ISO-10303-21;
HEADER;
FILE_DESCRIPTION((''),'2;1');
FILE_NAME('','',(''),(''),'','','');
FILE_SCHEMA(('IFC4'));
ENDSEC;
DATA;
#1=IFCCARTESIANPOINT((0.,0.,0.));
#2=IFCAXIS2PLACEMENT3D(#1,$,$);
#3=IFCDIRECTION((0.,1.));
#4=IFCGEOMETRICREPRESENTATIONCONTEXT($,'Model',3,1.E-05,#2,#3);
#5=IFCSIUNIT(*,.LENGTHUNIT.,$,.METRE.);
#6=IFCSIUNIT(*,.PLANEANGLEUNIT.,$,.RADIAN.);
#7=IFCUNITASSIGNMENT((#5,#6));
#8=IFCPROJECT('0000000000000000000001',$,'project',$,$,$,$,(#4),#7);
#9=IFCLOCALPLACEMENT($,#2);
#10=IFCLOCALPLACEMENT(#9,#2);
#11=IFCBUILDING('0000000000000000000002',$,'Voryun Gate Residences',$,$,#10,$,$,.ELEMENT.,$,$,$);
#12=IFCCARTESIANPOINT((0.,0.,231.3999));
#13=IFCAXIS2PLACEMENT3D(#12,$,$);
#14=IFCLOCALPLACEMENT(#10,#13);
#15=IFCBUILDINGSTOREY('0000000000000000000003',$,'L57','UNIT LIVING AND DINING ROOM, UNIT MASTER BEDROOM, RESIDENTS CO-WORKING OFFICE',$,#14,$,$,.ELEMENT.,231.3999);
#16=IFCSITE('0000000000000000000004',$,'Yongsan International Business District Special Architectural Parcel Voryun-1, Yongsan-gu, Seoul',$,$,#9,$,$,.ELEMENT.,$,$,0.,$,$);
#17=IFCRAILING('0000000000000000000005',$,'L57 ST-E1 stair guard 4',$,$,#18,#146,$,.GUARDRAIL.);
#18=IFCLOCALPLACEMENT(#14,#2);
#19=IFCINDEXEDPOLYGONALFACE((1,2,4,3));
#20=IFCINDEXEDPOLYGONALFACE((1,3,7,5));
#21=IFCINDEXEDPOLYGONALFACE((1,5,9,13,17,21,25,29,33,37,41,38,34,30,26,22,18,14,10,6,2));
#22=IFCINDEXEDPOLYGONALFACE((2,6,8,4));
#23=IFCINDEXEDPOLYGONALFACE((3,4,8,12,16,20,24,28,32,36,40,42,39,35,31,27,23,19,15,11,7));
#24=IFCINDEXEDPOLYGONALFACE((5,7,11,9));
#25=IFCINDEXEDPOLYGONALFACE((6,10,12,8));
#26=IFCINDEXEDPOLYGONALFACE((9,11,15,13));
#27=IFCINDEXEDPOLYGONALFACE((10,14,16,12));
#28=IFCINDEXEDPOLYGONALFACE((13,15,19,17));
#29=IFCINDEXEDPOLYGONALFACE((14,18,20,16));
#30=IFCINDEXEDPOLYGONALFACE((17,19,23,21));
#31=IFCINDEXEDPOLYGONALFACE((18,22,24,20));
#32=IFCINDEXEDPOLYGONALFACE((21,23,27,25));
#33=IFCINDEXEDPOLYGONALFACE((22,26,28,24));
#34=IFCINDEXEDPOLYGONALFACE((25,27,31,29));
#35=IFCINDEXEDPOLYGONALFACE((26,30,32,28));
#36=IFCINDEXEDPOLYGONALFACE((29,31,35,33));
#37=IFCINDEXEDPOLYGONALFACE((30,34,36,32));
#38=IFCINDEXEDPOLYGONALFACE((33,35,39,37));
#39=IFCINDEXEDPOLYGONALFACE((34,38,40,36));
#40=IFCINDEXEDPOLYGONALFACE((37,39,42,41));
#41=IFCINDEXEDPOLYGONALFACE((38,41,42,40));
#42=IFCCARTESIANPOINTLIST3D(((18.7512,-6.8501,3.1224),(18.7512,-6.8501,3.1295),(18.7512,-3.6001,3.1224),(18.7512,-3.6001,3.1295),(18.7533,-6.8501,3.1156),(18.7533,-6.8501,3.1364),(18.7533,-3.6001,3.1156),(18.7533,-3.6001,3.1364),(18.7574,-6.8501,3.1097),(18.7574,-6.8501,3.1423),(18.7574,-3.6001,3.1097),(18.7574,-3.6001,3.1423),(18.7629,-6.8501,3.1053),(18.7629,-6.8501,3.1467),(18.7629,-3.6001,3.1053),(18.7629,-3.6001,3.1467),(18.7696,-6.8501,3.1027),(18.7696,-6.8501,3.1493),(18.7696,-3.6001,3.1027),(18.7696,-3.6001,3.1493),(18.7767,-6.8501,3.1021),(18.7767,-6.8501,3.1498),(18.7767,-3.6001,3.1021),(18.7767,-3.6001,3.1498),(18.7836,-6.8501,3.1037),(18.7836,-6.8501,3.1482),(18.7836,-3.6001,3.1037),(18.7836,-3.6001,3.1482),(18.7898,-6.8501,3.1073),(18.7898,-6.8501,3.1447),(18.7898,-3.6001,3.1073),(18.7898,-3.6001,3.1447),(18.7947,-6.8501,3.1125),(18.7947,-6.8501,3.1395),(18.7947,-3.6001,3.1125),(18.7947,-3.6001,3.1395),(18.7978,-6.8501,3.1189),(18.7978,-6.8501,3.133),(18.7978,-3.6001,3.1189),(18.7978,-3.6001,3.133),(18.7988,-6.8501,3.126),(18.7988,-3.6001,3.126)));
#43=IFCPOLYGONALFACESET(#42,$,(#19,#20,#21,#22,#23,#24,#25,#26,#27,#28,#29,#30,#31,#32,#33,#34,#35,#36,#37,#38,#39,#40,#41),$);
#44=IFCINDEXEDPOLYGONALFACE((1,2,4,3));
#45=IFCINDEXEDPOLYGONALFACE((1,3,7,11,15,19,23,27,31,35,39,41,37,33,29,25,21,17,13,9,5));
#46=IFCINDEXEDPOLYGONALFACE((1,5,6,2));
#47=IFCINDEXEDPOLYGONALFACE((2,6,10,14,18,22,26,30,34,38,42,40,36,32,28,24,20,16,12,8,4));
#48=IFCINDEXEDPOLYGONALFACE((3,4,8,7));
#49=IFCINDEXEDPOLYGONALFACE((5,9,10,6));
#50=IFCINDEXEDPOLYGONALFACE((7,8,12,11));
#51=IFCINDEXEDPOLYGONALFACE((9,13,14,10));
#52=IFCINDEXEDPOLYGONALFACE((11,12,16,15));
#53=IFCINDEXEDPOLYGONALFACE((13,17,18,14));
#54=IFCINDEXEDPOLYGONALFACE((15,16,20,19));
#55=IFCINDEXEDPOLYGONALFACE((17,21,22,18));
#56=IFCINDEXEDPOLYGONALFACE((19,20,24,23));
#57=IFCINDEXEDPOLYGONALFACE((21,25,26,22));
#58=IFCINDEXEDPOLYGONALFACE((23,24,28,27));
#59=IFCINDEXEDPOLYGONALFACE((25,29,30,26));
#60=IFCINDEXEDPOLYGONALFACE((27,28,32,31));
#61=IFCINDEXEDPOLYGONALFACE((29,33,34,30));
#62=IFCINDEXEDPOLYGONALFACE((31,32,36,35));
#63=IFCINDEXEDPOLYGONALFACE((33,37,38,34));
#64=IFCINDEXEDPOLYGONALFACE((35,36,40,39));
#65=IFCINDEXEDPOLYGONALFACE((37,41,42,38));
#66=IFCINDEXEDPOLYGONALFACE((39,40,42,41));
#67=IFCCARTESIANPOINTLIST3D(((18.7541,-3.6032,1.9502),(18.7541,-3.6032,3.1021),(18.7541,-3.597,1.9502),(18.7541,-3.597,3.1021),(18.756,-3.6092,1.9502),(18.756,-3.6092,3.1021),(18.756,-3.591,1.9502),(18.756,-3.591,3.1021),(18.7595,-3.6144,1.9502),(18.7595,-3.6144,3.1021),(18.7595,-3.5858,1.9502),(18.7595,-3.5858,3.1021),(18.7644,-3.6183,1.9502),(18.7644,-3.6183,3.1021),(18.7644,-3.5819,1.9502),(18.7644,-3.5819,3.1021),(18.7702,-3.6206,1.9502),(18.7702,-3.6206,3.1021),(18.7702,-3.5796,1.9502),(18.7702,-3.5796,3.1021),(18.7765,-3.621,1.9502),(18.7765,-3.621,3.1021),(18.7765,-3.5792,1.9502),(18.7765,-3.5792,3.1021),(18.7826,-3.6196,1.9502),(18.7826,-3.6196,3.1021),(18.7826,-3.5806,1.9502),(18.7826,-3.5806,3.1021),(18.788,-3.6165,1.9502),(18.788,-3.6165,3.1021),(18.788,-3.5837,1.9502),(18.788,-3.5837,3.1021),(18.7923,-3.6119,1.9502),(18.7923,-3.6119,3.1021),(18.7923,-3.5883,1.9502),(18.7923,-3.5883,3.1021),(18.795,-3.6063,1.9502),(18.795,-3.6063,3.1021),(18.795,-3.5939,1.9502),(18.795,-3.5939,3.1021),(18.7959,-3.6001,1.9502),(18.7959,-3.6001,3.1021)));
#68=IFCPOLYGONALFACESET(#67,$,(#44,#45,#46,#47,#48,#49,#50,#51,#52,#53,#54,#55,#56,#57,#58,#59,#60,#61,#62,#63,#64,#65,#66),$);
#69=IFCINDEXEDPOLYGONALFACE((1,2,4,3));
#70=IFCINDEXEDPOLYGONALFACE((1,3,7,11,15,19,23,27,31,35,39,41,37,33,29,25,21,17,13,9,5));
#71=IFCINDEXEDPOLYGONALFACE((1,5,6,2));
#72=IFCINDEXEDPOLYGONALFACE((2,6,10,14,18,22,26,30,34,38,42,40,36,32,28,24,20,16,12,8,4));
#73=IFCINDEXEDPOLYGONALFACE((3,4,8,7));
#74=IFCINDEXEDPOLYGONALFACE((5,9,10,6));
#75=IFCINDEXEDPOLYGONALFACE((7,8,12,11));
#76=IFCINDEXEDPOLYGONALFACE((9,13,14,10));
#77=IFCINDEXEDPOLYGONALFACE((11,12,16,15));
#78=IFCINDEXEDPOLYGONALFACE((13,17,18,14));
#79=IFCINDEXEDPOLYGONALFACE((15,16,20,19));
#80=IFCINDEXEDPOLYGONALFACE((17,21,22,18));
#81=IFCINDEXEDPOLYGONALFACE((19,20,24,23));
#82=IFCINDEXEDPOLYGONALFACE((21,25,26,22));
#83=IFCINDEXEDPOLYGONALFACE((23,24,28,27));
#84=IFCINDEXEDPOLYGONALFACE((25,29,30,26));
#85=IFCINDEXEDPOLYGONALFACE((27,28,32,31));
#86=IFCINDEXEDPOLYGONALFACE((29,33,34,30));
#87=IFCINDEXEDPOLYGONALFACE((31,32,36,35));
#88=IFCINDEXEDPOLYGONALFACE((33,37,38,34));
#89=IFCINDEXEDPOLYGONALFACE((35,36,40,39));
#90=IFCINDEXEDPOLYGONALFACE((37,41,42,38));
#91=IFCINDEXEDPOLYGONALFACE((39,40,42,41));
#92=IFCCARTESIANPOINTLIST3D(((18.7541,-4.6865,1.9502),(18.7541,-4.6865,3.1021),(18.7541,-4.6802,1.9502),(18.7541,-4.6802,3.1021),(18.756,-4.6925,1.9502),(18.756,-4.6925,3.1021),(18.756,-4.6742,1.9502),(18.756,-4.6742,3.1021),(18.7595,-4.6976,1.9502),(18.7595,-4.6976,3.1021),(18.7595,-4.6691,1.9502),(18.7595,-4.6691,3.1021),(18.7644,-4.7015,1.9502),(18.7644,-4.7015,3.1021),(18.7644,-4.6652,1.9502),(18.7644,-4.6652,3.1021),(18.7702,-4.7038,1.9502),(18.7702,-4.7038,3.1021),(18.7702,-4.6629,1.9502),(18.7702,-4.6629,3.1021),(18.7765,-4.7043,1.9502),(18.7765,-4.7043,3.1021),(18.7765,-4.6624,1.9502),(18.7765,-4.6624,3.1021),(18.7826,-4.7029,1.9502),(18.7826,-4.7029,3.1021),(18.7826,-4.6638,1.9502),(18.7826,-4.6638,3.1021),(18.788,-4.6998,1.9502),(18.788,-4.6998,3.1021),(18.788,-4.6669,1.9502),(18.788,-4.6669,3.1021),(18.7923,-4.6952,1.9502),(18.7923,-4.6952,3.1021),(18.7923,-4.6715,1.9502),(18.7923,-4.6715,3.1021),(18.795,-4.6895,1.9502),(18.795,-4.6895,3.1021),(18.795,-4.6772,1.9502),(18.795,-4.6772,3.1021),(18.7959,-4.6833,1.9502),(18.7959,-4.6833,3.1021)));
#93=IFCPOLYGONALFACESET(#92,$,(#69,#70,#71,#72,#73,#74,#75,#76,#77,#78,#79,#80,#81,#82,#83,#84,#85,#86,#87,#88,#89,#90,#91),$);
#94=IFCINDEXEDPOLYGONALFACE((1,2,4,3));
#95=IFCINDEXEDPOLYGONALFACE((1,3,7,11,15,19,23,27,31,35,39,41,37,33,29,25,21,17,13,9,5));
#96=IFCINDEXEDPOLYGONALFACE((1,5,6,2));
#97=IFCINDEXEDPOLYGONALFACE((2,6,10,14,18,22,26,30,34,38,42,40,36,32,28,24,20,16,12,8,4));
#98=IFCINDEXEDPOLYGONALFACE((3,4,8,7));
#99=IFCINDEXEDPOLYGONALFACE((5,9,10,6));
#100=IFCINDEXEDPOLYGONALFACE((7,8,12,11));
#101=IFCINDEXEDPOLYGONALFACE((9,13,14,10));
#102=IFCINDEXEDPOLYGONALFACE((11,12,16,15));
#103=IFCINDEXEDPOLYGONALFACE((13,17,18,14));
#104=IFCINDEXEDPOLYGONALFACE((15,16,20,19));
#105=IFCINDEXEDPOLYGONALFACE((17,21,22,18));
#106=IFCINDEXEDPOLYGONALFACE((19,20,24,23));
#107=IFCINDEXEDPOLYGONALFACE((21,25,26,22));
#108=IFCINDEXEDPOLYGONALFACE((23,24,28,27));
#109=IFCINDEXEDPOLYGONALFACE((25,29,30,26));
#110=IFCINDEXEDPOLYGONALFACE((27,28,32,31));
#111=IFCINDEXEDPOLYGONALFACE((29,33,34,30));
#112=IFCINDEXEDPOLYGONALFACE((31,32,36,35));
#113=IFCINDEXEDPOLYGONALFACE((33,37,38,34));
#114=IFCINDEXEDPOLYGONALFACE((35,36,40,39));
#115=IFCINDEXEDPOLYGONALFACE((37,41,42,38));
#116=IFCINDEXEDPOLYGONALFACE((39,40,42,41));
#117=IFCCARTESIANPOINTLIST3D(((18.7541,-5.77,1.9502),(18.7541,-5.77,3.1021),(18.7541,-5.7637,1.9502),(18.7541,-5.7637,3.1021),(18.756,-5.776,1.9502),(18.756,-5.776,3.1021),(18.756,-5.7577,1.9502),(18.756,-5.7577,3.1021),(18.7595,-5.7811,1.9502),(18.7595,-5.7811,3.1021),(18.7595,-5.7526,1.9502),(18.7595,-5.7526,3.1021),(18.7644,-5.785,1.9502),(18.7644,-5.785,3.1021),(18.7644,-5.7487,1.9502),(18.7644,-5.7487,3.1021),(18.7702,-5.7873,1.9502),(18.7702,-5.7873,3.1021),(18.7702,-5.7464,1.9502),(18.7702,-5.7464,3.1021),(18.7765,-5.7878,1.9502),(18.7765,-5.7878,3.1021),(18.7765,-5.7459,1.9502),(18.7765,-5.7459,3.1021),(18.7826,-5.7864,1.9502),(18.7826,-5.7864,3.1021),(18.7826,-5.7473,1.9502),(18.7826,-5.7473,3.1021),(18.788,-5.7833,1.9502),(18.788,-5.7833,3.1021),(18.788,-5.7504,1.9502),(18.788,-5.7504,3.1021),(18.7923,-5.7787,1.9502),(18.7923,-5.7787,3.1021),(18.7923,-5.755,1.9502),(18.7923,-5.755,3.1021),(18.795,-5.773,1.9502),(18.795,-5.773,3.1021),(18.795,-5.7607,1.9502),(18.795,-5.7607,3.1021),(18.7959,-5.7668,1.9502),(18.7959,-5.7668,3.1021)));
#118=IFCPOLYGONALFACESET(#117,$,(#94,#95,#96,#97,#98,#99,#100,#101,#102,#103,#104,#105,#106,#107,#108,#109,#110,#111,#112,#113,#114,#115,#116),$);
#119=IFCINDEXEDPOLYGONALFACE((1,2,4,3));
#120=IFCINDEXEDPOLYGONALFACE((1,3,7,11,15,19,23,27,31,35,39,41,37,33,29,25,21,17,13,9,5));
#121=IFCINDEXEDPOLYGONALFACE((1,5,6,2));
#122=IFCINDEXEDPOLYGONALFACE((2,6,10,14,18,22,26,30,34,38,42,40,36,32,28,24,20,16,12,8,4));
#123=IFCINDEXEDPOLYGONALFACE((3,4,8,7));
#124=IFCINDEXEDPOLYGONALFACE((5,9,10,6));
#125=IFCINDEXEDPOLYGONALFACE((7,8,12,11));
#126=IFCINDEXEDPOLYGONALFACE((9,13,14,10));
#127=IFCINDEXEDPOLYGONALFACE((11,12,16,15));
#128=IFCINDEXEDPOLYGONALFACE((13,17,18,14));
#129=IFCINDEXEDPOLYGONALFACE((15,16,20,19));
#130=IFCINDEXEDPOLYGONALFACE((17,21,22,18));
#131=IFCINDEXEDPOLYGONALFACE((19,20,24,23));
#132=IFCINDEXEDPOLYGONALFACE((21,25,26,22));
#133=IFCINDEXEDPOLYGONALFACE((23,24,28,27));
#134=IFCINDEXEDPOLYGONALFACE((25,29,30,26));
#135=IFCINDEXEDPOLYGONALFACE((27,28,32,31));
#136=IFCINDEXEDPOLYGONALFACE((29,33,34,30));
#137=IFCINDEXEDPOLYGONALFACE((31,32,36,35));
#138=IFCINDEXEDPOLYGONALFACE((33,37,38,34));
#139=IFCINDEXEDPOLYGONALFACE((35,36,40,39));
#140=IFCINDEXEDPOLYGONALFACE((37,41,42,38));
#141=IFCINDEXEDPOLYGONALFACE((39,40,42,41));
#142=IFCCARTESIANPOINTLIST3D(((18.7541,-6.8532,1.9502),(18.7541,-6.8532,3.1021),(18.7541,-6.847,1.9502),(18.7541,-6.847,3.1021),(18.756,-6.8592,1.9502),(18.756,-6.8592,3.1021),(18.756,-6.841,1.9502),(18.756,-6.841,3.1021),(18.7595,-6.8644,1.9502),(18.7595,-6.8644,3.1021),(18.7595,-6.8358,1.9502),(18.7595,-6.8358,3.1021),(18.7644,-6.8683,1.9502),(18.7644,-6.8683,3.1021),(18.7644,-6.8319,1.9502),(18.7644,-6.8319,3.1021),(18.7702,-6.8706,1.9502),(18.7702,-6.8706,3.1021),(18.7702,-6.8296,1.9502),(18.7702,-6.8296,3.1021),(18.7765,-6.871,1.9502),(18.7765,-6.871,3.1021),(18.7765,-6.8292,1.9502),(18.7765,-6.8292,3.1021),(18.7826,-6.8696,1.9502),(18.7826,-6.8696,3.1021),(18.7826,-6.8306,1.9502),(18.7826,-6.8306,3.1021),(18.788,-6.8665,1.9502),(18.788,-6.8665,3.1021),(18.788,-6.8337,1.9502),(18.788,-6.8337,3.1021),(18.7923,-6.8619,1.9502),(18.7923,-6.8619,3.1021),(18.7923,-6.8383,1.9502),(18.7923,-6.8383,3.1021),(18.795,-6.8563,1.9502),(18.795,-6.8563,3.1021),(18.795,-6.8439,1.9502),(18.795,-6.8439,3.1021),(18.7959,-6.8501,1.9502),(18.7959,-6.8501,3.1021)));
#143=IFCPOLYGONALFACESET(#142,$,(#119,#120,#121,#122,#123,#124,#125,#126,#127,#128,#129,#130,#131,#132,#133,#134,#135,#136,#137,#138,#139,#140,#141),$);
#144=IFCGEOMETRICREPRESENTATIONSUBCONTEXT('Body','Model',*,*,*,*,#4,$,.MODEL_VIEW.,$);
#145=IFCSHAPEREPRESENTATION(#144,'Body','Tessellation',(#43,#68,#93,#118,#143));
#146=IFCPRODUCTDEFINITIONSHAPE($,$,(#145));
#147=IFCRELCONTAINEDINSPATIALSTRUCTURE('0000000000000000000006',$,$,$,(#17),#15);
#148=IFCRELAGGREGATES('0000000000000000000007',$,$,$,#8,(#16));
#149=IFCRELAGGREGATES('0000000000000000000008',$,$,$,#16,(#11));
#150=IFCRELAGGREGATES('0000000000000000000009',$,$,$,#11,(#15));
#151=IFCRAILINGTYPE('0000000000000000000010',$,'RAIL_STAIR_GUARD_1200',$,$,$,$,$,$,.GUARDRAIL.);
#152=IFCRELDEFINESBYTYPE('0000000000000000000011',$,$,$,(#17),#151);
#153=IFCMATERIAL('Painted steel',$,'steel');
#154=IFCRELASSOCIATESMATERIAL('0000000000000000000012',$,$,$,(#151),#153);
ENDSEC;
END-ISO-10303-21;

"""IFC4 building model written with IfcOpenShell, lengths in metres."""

from ifc_helpers import new_model, si_unit, direction, frame, origin, origin_2d, place, context, subcontext, project, spatial, circle, extrude, material, type_object, element, save


model = new_model("IFC4")

# Units and contexts
model_context = context("Model", 3, precision=1e-05, world=origin(), true_north=direction((0.0, 1.0)))
body_context = subcontext(model_context, "Body", "Model", "MODEL_VIEW")
ifc_project = project(units=[si_unit("LENGTHUNIT", "METRE"), si_unit("PLANEANGLEUNIT", "RADIAN")], contexts=[model_context])

# Site, building, storey
site_placement = place(None, origin())
site = spatial("IfcSite", under=ifc_project, at=site_placement, Name="Yongsan International Business District Special Architectural Parcel Voryun-1, Yongsan-gu, Seoul", CompositionType="ELEMENT", RefElevation=0.0)
building_placement = place(site_placement, origin())
building = spatial("IfcBuilding", under=site, at=building_placement, Name="Voryun Gate Residences", CompositionType="ELEMENT")
storey_placement = place(building_placement, frame((0.0, 0.0, 231.3999)))
storey = spatial("IfcBuildingStorey", under=building, at=storey_placement, Name="L57", Description="UNIT LIVING AND DINING ROOM, UNIT MASTER BEDROOM, RESIDENTS CO-WORKING OFFICE", CompositionType="ELEMENT", Elevation=231.3999)

# Railing
ifc_material_1 = material(Name="Painted steel", Category="steel")
railing_type_1 = type_object("IfcRailingType", Name="RAIL_STAIR_GUARD_1200", PredefinedType="GUARDRAIL", material=ifc_material_1)
railing_1_placement = place(storey_placement, frame((18.7749, -3.6001, 1.9502)))
element("IfcRailing", 1, at=railing_1_placement, inside=storey, type_object=railing_type_1, Name="L57 ST-E1 stair guard 4", PredefinedType="GUARDRAIL", context=body_context, shape_type="SweptSolid", body=[
    extrude(circle(Radius=0.0239, at=origin_2d()), frame((0.0, 0.0, 1.1758), z_axis=(0.0, -1.0, 0.0), x_axis=(1.0, 0.0, 0.0)), (0.0, 0.0, 1.0), 3.25),
    extrude(circle(Radius=0.021, at=origin_2d()), origin(), (0.0, 0.0, 1.0), 1.1519),
    extrude(circle(Radius=0.021, at=origin_2d()), frame((0.0, -1.0833, 0.0)), (0.0, 0.0, 1.0), 1.1519),
    extrude(circle(Radius=0.021, at=origin_2d()), frame((0.0, -2.1667, 0.0)), (0.0, 0.0, 1.0), 1.1519),
    extrude(circle(Radius=0.021, at=origin_2d()), frame((0.0, -3.25, 0.0)), (0.0, 0.0, 1.0), 1.1519),
])

save(model, "model.ifc")
